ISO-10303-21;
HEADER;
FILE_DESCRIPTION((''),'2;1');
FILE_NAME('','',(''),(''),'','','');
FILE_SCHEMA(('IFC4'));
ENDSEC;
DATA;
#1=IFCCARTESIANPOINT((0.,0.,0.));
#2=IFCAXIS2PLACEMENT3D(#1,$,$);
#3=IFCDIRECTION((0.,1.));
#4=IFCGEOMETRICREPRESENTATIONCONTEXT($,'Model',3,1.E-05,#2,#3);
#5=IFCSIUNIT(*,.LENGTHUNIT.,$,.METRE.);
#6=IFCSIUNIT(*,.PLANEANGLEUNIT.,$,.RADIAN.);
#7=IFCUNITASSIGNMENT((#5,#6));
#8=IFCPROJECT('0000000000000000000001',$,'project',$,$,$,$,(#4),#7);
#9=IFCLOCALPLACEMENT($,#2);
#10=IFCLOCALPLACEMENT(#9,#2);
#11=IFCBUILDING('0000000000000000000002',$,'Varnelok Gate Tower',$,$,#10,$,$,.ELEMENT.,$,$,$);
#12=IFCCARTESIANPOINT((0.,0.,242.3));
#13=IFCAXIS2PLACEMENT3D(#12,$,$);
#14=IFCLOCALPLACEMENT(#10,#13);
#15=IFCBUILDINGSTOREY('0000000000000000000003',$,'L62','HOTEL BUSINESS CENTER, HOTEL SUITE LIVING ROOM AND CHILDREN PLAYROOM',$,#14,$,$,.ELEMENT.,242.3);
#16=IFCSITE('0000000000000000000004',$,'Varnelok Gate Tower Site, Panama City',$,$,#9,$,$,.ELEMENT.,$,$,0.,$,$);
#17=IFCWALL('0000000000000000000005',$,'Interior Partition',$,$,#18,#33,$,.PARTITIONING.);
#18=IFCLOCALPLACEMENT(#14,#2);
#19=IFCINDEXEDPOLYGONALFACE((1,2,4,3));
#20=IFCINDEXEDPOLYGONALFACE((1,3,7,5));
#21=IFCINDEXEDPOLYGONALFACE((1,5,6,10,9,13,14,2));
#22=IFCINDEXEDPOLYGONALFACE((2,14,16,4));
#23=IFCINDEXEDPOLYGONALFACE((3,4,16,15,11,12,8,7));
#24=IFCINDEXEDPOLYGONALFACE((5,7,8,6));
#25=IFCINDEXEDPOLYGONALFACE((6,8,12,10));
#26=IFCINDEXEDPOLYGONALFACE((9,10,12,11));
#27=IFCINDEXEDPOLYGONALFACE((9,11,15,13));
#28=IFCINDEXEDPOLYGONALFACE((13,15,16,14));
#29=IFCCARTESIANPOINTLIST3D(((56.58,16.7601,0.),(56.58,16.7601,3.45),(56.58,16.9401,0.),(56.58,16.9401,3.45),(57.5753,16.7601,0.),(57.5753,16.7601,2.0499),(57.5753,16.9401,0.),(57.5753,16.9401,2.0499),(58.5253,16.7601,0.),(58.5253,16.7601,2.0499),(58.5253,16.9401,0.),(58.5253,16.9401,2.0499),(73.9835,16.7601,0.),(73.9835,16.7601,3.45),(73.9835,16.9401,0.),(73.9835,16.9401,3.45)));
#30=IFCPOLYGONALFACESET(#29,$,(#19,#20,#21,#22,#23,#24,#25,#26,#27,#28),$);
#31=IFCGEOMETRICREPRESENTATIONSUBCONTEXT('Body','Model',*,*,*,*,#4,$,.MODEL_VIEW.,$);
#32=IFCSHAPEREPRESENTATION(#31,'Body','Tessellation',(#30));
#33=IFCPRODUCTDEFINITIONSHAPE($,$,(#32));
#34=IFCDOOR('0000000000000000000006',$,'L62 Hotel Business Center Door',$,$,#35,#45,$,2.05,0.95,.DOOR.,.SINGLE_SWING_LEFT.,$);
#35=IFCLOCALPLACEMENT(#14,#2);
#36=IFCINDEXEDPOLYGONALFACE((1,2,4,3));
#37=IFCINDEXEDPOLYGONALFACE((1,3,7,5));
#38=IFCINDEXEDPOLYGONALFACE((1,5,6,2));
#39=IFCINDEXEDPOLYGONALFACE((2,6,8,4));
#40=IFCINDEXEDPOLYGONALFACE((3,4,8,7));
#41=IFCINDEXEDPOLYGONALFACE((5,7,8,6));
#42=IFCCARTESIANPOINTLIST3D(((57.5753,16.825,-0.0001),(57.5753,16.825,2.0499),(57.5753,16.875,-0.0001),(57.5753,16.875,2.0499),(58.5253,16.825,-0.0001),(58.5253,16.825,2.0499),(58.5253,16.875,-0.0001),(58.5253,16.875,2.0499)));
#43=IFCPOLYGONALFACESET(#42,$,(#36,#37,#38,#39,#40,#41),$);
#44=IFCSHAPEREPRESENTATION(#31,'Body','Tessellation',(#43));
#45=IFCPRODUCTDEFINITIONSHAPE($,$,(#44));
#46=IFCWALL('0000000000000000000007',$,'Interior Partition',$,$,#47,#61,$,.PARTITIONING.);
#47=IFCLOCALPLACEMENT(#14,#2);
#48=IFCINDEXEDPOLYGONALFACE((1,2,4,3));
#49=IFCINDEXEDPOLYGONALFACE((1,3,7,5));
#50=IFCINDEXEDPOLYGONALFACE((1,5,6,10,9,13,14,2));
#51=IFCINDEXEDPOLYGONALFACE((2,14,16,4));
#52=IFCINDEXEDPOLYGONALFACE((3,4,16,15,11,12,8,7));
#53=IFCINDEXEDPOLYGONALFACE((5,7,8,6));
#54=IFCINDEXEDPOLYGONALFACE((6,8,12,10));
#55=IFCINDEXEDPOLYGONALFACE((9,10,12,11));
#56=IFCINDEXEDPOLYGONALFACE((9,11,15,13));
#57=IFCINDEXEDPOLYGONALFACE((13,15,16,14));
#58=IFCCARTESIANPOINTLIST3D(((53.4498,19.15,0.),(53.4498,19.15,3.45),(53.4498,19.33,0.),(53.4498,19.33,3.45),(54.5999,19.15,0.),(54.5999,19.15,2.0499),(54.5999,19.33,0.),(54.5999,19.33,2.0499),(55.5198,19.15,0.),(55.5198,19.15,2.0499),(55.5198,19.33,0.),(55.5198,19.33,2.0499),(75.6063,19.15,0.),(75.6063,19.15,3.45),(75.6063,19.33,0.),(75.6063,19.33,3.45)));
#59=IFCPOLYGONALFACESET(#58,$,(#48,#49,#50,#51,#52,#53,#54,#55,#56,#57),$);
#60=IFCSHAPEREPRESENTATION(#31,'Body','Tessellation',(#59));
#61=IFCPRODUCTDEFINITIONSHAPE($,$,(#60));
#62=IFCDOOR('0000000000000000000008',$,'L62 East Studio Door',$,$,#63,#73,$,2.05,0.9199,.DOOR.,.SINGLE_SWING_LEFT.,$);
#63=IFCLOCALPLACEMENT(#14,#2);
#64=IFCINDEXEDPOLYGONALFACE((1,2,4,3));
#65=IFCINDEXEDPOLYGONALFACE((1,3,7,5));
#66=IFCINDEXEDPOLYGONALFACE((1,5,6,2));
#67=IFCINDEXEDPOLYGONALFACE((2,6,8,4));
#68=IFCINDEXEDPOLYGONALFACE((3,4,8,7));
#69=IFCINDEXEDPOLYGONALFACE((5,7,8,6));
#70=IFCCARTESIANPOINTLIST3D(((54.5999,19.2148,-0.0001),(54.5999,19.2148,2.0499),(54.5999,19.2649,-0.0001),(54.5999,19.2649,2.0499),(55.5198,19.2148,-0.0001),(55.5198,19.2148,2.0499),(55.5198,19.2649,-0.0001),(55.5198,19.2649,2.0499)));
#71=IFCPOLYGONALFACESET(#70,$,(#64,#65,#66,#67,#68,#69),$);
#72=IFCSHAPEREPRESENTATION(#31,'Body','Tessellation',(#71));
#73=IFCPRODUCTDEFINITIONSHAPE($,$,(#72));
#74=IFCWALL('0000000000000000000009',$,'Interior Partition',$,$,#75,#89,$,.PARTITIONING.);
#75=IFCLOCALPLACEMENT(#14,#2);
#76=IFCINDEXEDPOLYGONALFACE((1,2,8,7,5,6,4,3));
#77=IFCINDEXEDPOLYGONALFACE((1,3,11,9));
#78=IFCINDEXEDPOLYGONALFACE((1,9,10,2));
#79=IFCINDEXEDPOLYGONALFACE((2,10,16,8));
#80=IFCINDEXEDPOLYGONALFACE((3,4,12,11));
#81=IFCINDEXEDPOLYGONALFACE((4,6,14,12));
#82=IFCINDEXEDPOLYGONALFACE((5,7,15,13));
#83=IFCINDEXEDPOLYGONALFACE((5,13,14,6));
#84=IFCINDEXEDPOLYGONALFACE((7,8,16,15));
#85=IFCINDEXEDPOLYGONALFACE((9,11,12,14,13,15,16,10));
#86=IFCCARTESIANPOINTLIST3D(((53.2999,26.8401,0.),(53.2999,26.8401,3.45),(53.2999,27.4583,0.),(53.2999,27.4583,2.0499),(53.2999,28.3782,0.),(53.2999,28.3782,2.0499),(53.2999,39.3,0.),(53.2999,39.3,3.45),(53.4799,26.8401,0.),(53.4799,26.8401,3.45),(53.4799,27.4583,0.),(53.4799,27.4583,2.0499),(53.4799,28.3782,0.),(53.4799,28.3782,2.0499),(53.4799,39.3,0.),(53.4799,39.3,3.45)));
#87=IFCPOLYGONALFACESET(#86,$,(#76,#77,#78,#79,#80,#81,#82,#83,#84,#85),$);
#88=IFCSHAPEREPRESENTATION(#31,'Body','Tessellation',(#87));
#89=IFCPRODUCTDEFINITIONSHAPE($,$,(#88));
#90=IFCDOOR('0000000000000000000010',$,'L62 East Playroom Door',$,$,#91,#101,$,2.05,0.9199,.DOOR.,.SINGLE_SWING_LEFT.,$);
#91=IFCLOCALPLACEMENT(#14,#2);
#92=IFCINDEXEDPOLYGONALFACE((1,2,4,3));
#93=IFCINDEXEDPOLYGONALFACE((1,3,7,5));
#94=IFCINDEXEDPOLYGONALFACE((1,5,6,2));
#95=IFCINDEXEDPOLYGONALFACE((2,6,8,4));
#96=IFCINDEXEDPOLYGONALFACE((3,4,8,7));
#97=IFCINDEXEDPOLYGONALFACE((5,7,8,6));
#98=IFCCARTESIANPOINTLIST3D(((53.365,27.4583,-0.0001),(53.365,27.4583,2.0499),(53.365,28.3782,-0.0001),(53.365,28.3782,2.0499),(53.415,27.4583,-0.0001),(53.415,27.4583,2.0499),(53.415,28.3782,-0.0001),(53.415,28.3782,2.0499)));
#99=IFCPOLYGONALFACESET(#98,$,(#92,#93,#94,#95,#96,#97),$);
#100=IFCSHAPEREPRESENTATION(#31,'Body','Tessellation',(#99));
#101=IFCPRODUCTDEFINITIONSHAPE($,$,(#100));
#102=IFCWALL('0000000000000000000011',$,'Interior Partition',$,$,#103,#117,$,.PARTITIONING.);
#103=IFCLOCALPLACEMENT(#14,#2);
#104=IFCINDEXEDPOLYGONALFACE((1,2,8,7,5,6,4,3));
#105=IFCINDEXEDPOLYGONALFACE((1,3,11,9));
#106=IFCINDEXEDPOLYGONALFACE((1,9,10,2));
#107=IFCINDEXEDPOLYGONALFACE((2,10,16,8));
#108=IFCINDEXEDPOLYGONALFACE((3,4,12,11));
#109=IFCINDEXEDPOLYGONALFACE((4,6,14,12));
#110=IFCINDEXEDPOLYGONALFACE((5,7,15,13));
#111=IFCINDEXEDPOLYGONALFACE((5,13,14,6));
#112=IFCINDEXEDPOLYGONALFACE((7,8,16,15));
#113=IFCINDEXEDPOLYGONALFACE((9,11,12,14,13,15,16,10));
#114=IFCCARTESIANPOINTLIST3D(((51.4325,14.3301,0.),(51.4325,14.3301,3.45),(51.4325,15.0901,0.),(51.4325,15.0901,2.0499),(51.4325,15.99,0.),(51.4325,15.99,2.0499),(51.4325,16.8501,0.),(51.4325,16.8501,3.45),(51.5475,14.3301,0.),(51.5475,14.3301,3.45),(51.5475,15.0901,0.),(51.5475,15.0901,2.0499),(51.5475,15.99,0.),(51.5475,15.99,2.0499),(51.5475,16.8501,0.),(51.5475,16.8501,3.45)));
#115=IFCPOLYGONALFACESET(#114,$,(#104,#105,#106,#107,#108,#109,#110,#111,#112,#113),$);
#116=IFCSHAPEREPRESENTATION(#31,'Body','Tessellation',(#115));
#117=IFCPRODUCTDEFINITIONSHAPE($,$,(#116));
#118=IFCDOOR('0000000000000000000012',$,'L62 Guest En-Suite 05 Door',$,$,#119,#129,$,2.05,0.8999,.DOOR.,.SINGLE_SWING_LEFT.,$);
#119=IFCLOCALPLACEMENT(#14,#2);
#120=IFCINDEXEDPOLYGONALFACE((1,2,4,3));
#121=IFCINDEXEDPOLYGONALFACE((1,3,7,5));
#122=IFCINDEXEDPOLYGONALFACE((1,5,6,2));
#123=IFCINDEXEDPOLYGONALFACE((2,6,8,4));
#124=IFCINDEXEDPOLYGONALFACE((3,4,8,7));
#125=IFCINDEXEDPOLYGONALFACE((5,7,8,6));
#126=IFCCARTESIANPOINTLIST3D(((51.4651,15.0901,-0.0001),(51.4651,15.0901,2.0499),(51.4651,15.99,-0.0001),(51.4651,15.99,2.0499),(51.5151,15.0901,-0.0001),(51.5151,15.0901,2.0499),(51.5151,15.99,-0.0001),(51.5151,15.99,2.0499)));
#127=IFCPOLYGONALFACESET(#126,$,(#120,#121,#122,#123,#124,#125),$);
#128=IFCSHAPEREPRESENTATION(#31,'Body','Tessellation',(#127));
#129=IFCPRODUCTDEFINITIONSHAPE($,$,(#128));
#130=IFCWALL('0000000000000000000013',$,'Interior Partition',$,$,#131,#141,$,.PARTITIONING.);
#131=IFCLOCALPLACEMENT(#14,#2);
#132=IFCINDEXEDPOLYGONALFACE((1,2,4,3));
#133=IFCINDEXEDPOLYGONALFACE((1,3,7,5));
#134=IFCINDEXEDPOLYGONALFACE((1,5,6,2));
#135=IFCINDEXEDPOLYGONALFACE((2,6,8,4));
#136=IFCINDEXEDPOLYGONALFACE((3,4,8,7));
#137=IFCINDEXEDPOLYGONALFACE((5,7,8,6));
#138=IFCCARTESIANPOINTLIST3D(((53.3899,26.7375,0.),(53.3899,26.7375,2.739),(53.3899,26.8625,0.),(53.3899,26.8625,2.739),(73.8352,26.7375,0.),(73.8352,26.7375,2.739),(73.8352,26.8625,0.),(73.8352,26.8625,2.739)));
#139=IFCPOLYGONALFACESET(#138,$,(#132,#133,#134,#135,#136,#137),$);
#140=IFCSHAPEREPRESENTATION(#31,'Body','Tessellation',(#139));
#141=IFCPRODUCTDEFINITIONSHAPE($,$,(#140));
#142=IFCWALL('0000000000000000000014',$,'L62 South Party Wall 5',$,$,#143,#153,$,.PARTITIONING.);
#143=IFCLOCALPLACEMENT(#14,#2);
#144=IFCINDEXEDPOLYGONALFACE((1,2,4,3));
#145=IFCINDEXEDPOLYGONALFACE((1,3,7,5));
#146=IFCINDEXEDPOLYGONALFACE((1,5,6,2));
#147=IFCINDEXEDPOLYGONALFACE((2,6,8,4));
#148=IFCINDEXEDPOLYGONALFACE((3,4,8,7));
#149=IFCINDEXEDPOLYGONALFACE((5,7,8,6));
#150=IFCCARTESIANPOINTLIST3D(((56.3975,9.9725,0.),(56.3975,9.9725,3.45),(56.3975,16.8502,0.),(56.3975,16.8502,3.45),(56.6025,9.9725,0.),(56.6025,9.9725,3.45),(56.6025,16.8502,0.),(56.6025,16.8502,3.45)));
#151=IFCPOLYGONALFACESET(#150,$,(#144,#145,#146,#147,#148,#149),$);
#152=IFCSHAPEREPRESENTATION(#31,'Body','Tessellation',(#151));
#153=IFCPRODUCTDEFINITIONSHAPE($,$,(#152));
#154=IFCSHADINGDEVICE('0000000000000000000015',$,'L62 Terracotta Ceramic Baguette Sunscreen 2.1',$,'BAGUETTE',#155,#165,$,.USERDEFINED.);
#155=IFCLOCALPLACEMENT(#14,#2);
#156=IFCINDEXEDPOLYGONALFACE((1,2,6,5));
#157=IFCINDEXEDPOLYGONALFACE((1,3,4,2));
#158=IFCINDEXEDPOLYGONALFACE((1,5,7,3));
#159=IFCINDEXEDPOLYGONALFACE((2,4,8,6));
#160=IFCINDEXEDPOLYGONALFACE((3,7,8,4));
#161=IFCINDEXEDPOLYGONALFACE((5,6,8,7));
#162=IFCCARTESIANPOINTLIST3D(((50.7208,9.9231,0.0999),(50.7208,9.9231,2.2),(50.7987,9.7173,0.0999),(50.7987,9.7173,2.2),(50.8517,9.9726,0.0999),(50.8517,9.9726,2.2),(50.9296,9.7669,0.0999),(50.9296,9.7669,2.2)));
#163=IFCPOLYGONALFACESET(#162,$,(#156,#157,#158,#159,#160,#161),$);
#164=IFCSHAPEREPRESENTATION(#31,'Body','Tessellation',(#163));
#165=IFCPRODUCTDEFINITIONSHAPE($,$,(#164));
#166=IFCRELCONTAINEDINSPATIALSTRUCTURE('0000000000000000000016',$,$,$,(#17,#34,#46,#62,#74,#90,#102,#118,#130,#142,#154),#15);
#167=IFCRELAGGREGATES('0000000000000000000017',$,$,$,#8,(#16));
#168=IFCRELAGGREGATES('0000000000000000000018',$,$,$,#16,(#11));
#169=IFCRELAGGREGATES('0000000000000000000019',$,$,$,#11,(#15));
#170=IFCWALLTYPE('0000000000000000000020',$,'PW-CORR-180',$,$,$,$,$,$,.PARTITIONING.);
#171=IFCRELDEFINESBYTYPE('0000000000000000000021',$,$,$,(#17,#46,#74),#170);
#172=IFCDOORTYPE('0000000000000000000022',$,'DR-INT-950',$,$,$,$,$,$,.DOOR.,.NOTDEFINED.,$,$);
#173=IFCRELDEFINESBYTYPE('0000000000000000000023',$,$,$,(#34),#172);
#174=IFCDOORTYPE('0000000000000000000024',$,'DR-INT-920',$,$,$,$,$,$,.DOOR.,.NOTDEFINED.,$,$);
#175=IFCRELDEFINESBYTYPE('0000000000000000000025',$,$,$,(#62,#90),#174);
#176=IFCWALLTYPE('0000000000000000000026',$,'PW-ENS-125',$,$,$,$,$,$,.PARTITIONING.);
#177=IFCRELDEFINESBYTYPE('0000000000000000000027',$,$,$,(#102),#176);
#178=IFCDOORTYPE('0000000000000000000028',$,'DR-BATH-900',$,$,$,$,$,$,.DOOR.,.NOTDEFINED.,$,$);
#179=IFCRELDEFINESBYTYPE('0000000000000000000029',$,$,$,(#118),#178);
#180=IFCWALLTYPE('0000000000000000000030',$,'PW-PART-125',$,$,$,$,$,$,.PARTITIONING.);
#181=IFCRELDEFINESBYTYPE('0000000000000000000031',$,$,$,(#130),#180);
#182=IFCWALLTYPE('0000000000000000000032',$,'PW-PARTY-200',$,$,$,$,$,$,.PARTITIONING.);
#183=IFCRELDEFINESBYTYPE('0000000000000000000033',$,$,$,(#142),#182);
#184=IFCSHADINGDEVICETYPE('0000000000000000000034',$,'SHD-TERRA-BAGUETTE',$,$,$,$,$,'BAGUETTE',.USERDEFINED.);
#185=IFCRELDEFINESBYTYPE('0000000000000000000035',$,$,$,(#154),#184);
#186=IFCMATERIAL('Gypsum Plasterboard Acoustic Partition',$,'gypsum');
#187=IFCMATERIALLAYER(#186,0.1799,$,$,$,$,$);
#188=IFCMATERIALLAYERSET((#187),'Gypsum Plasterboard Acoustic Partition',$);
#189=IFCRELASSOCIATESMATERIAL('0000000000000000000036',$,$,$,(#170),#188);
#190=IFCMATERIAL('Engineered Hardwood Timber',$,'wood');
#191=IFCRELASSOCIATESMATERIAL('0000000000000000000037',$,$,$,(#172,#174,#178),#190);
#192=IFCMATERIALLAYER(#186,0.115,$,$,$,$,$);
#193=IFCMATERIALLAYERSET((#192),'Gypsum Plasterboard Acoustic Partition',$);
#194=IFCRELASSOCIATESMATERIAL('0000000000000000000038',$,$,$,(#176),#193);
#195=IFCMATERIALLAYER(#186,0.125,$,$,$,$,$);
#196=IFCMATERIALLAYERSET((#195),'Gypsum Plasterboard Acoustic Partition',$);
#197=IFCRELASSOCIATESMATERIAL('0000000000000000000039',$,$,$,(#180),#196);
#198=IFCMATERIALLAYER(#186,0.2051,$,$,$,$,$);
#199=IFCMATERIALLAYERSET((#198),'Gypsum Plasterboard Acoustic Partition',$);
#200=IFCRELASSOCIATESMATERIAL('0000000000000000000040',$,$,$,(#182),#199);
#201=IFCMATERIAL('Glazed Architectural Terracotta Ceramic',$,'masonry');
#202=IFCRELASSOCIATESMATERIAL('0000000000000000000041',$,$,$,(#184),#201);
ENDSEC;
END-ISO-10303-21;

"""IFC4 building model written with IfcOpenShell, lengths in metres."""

from ifc_helpers import new_model, si_unit, direction, frame, frame_2d, origin, origin_2d, place, context, subcontext, project, spatial, rectangle, extrude, source, transform, mapped, material, layer, layer_set, type_object, element, fill, save


model = new_model("IFC4")

# Units and contexts
model_context = context("Model", 3, precision=1e-05, world=origin(), true_north=direction((0.0, 1.0)))
body_context = subcontext(model_context, "Body", "Model", "MODEL_VIEW")
ifc_project = project(units=[si_unit("LENGTHUNIT", "METRE"), si_unit("PLANEANGLEUNIT", "RADIAN")], contexts=[model_context])

# Site, building, storey
site_placement = place(None, origin())
site = spatial("IfcSite", under=ifc_project, at=site_placement, Name="Varnelok Gate Tower Site, Panama City", CompositionType="ELEMENT", RefElevation=0.0)
building_placement = place(site_placement, origin())
building = spatial("IfcBuilding", under=site, at=building_placement, Name="Varnelok Gate Tower", CompositionType="ELEMENT")
storey_placement = place(building_placement, frame((0.0, 0.0, 242.3)))
storey = spatial("IfcBuildingStorey", under=building, at=storey_placement, Name="L62", Description="HOTEL BUSINESS CENTER, HOTEL SUITE LIVING ROOM AND CHILDREN PLAYROOM", CompositionType="ELEMENT", Elevation=242.3)

# Walls, openings, doors
ifc_material_1 = material(Name="Gypsum Plasterboard Acoustic Partition", Category="gypsum")
ifc_layer_1 = layer(ifc_material_1, 0.1799)
ifc_layer_set_1 = layer_set([ifc_layer_1], Name="Gypsum Plasterboard Acoustic Partition")
wall_type_1 = type_object("IfcWallType", Name="PW-CORR-180", PredefinedType="PARTITIONING", material=ifc_layer_set_1)
wall_1_placement = place(storey_placement, frame((56.5801, 16.8501, 0.0), z_axis=(0.0, 0.0, 1.0), x_axis=(1.0, 0.0, 0.0)))
wall_1 = element("IfcWall", 1, at=wall_1_placement, inside=storey, type_object=wall_type_1, Name="Interior Partition", PredefinedType="PARTITIONING", context=body_context, shape_type="SweptSolid", body=[
    extrude(rectangle(XDim=17.4036, YDim=0.1799, at=frame_2d((8.7017, 0.0))), origin(), (0.0, 0.0, 1.0), 3.45),
])
opening_1_placement = place(wall_1_placement, frame((0.9951, 0.0, 0.0)))
opening_1 = element("IfcOpeningElement", 2, at=opening_1_placement, cuts=wall_1, PredefinedType="OPENING", context=body_context, shape_type="SweptSolid", body=[
    extrude(rectangle(XDim=0.95, YDim=2.05, at=frame_2d((0.4751, 1.0249))), frame((0.0, 0.0999, 0.0), z_axis=(0.0, -1.0, 0.0), x_axis=(1.0, 0.0, 0.0)), (0.0, 0.0, 1.0), 0.2),
])
ifc_material_2 = material(Name="Engineered Hardwood Timber", Category="wood")
door_type_1 = type_object("IfcDoorType", Name="DR-INT-950", OperationType="NOTDEFINED", PredefinedType="DOOR", material=ifc_material_2)
door_1_placement = place(opening_1_placement, origin())
door_1 = element("IfcDoor", 3, at=door_1_placement, inside=storey, type_object=door_type_1, Name="L62 Hotel Business Center Door", OperationType="SINGLE_SWING_LEFT", OverallHeight=2.05, OverallWidth=0.95, PredefinedType="DOOR", context=body_context, shape_type="SweptSolid", body=[
    extrude(rectangle(XDim=0.95, YDim=2.05, at=frame_2d((0.4751, 1.0249))), frame((0.0, 0.0249, 0.0), z_axis=(0.0, -1.0, 0.0), x_axis=(1.0, 0.0, 0.0)), (0.0, 0.0, 1.0), 0.05),
])
fill(opening_1, door_1)
wall_2_placement = place(storey_placement, frame((53.45, 19.24, 0.0), z_axis=(0.0, 0.0, 1.0), x_axis=(1.0, 0.0, 0.0)))
wall_2 = element("IfcWall", 4, at=wall_2_placement, inside=storey, type_object=wall_type_1, Name="Interior Partition", PredefinedType="PARTITIONING", context=body_context, shape_type="SweptSolid", body=[
    extrude(rectangle(XDim=22.1565, YDim=0.1799, at=frame_2d((11.0781, 0.0))), origin(), (0.0, 0.0, 1.0), 3.45),
])
opening_2_placement = place(wall_2_placement, frame((1.1499, 0.0, 0.0)))
opening_2 = element("IfcOpeningElement", 5, at=opening_2_placement, cuts=wall_2, PredefinedType="OPENING", context=body_context, shape_type="SweptSolid", body=[
    extrude(rectangle(XDim=0.9199, YDim=2.05, at=frame_2d((0.46, 1.0249))), frame((0.0, 0.0999, 0.0), z_axis=(0.0, -1.0, 0.0), x_axis=(1.0, 0.0, 0.0)), (0.0, 0.0, 1.0), 0.2),
])
door_type_2 = type_object("IfcDoorType", Name="DR-INT-920", OperationType="NOTDEFINED", PredefinedType="DOOR", material=ifc_material_2)
door_2_placement = place(opening_2_placement, origin())
door_2 = element("IfcDoor", 6, at=door_2_placement, inside=storey, type_object=door_type_2, Name="L62 East Studio Door", OperationType="SINGLE_SWING_LEFT", OverallHeight=2.05, OverallWidth=0.9199, PredefinedType="DOOR", context=body_context, shape_type="SweptSolid", body=[
    extrude(rectangle(XDim=0.9199, YDim=2.05, at=frame_2d((0.46, 1.0249))), frame((0.0, 0.0249, 0.0), z_axis=(0.0, -1.0, 0.0), x_axis=(1.0, 0.0, 0.0)), (0.0, 0.0, 1.0), 0.05),
])
fill(opening_2, door_2)
wall_3_placement = place(storey_placement, frame((53.3899, 26.8401, 0.0), z_axis=(0.0, 0.0, 1.0), x_axis=(0.0, 1.0, 0.0)))
wall_3 = element("IfcWall", 7, at=wall_3_placement, inside=storey, type_object=wall_type_1, Name="Interior Partition", PredefinedType="PARTITIONING", context=body_context, shape_type="SweptSolid", body=[
    extrude(rectangle(XDim=12.46, YDim=0.1799, at=frame_2d((6.23, 0.0))), origin(), (0.0, 0.0, 1.0), 3.45),
])
opening_3_placement = place(wall_3_placement, frame((0.6182, 0.0, 0.0)))
opening_3 = element("IfcOpeningElement", 8, at=opening_3_placement, cuts=wall_3, PredefinedType="OPENING", context=body_context, shape_type="SweptSolid", body=[
    extrude(rectangle(XDim=0.9199, YDim=2.05, at=frame_2d((0.46, 1.0249))), frame((0.0, 0.0999, 0.0), z_axis=(0.0, -1.0, 0.0), x_axis=(1.0, 0.0, 0.0)), (0.0, 0.0, 1.0), 0.2),
])
door_3_placement = place(opening_3_placement, origin())
door_3 = element("IfcDoor", 9, at=door_3_placement, inside=storey, type_object=door_type_2, Name="L62 East Playroom Door", OperationType="SINGLE_SWING_LEFT", OverallHeight=2.05, OverallWidth=0.9199, PredefinedType="DOOR", context=body_context, shape_type="SweptSolid", body=[
    extrude(rectangle(XDim=0.9199, YDim=2.05, at=frame_2d((0.46, 1.0249))), frame((0.0, 0.0249, 0.0), z_axis=(0.0, -1.0, 0.0), x_axis=(1.0, 0.0, 0.0)), (0.0, 0.0, 1.0), 0.05),
])
fill(opening_3, door_3)
ifc_layer_2 = layer(ifc_material_1, 0.115)
ifc_layer_set_2 = layer_set([ifc_layer_2], Name="Gypsum Plasterboard Acoustic Partition")
wall_type_2 = type_object("IfcWallType", Name="PW-ENS-125", PredefinedType="PARTITIONING", material=ifc_layer_set_2)
wall_4_placement = place(storey_placement, frame((51.49, 14.3301, 0.0), z_axis=(0.0, 0.0, 1.0), x_axis=(0.0, 1.0, 0.0)))
wall_4 = element("IfcWall", 10, at=wall_4_placement, inside=storey, type_object=wall_type_2, Name="Interior Partition", PredefinedType="PARTITIONING", context=body_context, shape_type="SweptSolid", body=[
    extrude(rectangle(XDim=2.52, YDim=0.115, at=frame_2d((1.26, 0.0))), origin(), (0.0, 0.0, 1.0), 3.45),
])
opening_4_placement = place(wall_4_placement, frame((0.76, 0.0, 0.0)))
opening_4 = element("IfcOpeningElement", 11, at=opening_4_placement, cuts=wall_4, PredefinedType="OPENING", context=body_context, shape_type="SweptSolid", body=[
    extrude(rectangle(XDim=0.8999, YDim=2.05, at=frame_2d((0.45, 1.0249))), frame((0.0, 0.0674, 0.0), z_axis=(0.0, -1.0, 0.0), x_axis=(1.0, 0.0, 0.0)), (0.0, 0.0, 1.0), 0.135),
])
door_type_3 = type_object("IfcDoorType", Name="DR-BATH-900", OperationType="NOTDEFINED", PredefinedType="DOOR", material=ifc_material_2)
door_4_placement = place(opening_4_placement, origin())
door_4 = element("IfcDoor", 12, at=door_4_placement, inside=storey, type_object=door_type_3, Name="L62 Guest En-Suite 05 Door", OperationType="SINGLE_SWING_LEFT", OverallHeight=2.05, OverallWidth=0.8999, PredefinedType="DOOR", context=body_context, shape_type="SweptSolid", body=[
    extrude(rectangle(XDim=0.8999, YDim=2.05, at=frame_2d((0.45, 1.0249))), frame((0.0, 0.0249, 0.0), z_axis=(0.0, -1.0, 0.0), x_axis=(1.0, 0.0, 0.0)), (0.0, 0.0, 1.0), 0.05),
])
fill(opening_4, door_4)

# Walls
ifc_layer_3 = layer(ifc_material_1, 0.125)
ifc_layer_set_3 = layer_set([ifc_layer_3], Name="Gypsum Plasterboard Acoustic Partition")
wall_type_3 = type_object("IfcWallType", Name="PW-PART-125", PredefinedType="PARTITIONING", material=ifc_layer_set_3)
wall_5_placement = place(storey_placement, frame((53.3899, 26.8, 0.0), z_axis=(0.0, 0.0, 1.0), x_axis=(1.0, 0.0, 0.0)))
element("IfcWall", 13, at=wall_5_placement, inside=storey, type_object=wall_type_3, Name="Interior Partition", PredefinedType="PARTITIONING", context=body_context, shape_type="SweptSolid", body=[
    extrude(rectangle(XDim=20.4453, YDim=0.125, at=frame_2d((10.2227, 0.0))), origin(), (0.0, 0.0, 1.0), 2.739),
])
ifc_layer_4 = layer(ifc_material_1, 0.2051)
ifc_layer_set_4 = layer_set([ifc_layer_4], Name="Gypsum Plasterboard Acoustic Partition")
wall_type_4 = type_object("IfcWallType", Name="PW-PARTY-200", PredefinedType="PARTITIONING", material=ifc_layer_set_4)
wall_6_placement = place(storey_placement, frame((56.5, 9.9724, 0.0), z_axis=(0.0, 0.0, 1.0), x_axis=(0.0, 1.0, 0.0)))
element("IfcWall", 14, at=wall_6_placement, inside=storey, type_object=wall_type_4, Name="L62 South Party Wall 5", PredefinedType="PARTITIONING", context=body_context, shape_type="SweptSolid", body=[
    extrude(rectangle(XDim=6.8777, YDim=0.2051, at=frame_2d((3.439, 0.0))), origin(), (0.0, 0.0, 1.0), 3.45),
])

# Shading device
ifc_material_3 = material(Name="Glazed Architectural Terracotta Ceramic", Category="masonry")
shading_device_type = type_object("IfcShadingDeviceType", Name="SHD-TERRA-BAGUETTE", ElementType="BAGUETTE", PredefinedType="USERDEFINED", material=ifc_material_3)
shared_shape = source(origin(), body_context, "Body", "SweptSolid", [
    extrude(rectangle(XDim=0.1399, YDim=0.22, at=origin_2d()), origin(), (0.0, 0.0, 1.0), 2.1001),
])
shading_device_placement = place(storey_placement, frame((50.8252, 9.845, 0.0999), z_axis=(0.0, 0.0, 1.0), x_axis=(0.935222, 0.354063, 0.0)))
element("IfcShadingDevice", 15, at=shading_device_placement, inside=storey, type_object=shading_device_type, Name="L62 Terracotta Ceramic Baguette Sunscreen 2.1", ObjectType="BAGUETTE", PredefinedType="USERDEFINED", context=body_context, shape_type="MappedRepresentation", body=[
    mapped(shared_shape, transform((0.0, 0.0, 0.0), scale=1.0)),
])

save(model, "model.ifc")
